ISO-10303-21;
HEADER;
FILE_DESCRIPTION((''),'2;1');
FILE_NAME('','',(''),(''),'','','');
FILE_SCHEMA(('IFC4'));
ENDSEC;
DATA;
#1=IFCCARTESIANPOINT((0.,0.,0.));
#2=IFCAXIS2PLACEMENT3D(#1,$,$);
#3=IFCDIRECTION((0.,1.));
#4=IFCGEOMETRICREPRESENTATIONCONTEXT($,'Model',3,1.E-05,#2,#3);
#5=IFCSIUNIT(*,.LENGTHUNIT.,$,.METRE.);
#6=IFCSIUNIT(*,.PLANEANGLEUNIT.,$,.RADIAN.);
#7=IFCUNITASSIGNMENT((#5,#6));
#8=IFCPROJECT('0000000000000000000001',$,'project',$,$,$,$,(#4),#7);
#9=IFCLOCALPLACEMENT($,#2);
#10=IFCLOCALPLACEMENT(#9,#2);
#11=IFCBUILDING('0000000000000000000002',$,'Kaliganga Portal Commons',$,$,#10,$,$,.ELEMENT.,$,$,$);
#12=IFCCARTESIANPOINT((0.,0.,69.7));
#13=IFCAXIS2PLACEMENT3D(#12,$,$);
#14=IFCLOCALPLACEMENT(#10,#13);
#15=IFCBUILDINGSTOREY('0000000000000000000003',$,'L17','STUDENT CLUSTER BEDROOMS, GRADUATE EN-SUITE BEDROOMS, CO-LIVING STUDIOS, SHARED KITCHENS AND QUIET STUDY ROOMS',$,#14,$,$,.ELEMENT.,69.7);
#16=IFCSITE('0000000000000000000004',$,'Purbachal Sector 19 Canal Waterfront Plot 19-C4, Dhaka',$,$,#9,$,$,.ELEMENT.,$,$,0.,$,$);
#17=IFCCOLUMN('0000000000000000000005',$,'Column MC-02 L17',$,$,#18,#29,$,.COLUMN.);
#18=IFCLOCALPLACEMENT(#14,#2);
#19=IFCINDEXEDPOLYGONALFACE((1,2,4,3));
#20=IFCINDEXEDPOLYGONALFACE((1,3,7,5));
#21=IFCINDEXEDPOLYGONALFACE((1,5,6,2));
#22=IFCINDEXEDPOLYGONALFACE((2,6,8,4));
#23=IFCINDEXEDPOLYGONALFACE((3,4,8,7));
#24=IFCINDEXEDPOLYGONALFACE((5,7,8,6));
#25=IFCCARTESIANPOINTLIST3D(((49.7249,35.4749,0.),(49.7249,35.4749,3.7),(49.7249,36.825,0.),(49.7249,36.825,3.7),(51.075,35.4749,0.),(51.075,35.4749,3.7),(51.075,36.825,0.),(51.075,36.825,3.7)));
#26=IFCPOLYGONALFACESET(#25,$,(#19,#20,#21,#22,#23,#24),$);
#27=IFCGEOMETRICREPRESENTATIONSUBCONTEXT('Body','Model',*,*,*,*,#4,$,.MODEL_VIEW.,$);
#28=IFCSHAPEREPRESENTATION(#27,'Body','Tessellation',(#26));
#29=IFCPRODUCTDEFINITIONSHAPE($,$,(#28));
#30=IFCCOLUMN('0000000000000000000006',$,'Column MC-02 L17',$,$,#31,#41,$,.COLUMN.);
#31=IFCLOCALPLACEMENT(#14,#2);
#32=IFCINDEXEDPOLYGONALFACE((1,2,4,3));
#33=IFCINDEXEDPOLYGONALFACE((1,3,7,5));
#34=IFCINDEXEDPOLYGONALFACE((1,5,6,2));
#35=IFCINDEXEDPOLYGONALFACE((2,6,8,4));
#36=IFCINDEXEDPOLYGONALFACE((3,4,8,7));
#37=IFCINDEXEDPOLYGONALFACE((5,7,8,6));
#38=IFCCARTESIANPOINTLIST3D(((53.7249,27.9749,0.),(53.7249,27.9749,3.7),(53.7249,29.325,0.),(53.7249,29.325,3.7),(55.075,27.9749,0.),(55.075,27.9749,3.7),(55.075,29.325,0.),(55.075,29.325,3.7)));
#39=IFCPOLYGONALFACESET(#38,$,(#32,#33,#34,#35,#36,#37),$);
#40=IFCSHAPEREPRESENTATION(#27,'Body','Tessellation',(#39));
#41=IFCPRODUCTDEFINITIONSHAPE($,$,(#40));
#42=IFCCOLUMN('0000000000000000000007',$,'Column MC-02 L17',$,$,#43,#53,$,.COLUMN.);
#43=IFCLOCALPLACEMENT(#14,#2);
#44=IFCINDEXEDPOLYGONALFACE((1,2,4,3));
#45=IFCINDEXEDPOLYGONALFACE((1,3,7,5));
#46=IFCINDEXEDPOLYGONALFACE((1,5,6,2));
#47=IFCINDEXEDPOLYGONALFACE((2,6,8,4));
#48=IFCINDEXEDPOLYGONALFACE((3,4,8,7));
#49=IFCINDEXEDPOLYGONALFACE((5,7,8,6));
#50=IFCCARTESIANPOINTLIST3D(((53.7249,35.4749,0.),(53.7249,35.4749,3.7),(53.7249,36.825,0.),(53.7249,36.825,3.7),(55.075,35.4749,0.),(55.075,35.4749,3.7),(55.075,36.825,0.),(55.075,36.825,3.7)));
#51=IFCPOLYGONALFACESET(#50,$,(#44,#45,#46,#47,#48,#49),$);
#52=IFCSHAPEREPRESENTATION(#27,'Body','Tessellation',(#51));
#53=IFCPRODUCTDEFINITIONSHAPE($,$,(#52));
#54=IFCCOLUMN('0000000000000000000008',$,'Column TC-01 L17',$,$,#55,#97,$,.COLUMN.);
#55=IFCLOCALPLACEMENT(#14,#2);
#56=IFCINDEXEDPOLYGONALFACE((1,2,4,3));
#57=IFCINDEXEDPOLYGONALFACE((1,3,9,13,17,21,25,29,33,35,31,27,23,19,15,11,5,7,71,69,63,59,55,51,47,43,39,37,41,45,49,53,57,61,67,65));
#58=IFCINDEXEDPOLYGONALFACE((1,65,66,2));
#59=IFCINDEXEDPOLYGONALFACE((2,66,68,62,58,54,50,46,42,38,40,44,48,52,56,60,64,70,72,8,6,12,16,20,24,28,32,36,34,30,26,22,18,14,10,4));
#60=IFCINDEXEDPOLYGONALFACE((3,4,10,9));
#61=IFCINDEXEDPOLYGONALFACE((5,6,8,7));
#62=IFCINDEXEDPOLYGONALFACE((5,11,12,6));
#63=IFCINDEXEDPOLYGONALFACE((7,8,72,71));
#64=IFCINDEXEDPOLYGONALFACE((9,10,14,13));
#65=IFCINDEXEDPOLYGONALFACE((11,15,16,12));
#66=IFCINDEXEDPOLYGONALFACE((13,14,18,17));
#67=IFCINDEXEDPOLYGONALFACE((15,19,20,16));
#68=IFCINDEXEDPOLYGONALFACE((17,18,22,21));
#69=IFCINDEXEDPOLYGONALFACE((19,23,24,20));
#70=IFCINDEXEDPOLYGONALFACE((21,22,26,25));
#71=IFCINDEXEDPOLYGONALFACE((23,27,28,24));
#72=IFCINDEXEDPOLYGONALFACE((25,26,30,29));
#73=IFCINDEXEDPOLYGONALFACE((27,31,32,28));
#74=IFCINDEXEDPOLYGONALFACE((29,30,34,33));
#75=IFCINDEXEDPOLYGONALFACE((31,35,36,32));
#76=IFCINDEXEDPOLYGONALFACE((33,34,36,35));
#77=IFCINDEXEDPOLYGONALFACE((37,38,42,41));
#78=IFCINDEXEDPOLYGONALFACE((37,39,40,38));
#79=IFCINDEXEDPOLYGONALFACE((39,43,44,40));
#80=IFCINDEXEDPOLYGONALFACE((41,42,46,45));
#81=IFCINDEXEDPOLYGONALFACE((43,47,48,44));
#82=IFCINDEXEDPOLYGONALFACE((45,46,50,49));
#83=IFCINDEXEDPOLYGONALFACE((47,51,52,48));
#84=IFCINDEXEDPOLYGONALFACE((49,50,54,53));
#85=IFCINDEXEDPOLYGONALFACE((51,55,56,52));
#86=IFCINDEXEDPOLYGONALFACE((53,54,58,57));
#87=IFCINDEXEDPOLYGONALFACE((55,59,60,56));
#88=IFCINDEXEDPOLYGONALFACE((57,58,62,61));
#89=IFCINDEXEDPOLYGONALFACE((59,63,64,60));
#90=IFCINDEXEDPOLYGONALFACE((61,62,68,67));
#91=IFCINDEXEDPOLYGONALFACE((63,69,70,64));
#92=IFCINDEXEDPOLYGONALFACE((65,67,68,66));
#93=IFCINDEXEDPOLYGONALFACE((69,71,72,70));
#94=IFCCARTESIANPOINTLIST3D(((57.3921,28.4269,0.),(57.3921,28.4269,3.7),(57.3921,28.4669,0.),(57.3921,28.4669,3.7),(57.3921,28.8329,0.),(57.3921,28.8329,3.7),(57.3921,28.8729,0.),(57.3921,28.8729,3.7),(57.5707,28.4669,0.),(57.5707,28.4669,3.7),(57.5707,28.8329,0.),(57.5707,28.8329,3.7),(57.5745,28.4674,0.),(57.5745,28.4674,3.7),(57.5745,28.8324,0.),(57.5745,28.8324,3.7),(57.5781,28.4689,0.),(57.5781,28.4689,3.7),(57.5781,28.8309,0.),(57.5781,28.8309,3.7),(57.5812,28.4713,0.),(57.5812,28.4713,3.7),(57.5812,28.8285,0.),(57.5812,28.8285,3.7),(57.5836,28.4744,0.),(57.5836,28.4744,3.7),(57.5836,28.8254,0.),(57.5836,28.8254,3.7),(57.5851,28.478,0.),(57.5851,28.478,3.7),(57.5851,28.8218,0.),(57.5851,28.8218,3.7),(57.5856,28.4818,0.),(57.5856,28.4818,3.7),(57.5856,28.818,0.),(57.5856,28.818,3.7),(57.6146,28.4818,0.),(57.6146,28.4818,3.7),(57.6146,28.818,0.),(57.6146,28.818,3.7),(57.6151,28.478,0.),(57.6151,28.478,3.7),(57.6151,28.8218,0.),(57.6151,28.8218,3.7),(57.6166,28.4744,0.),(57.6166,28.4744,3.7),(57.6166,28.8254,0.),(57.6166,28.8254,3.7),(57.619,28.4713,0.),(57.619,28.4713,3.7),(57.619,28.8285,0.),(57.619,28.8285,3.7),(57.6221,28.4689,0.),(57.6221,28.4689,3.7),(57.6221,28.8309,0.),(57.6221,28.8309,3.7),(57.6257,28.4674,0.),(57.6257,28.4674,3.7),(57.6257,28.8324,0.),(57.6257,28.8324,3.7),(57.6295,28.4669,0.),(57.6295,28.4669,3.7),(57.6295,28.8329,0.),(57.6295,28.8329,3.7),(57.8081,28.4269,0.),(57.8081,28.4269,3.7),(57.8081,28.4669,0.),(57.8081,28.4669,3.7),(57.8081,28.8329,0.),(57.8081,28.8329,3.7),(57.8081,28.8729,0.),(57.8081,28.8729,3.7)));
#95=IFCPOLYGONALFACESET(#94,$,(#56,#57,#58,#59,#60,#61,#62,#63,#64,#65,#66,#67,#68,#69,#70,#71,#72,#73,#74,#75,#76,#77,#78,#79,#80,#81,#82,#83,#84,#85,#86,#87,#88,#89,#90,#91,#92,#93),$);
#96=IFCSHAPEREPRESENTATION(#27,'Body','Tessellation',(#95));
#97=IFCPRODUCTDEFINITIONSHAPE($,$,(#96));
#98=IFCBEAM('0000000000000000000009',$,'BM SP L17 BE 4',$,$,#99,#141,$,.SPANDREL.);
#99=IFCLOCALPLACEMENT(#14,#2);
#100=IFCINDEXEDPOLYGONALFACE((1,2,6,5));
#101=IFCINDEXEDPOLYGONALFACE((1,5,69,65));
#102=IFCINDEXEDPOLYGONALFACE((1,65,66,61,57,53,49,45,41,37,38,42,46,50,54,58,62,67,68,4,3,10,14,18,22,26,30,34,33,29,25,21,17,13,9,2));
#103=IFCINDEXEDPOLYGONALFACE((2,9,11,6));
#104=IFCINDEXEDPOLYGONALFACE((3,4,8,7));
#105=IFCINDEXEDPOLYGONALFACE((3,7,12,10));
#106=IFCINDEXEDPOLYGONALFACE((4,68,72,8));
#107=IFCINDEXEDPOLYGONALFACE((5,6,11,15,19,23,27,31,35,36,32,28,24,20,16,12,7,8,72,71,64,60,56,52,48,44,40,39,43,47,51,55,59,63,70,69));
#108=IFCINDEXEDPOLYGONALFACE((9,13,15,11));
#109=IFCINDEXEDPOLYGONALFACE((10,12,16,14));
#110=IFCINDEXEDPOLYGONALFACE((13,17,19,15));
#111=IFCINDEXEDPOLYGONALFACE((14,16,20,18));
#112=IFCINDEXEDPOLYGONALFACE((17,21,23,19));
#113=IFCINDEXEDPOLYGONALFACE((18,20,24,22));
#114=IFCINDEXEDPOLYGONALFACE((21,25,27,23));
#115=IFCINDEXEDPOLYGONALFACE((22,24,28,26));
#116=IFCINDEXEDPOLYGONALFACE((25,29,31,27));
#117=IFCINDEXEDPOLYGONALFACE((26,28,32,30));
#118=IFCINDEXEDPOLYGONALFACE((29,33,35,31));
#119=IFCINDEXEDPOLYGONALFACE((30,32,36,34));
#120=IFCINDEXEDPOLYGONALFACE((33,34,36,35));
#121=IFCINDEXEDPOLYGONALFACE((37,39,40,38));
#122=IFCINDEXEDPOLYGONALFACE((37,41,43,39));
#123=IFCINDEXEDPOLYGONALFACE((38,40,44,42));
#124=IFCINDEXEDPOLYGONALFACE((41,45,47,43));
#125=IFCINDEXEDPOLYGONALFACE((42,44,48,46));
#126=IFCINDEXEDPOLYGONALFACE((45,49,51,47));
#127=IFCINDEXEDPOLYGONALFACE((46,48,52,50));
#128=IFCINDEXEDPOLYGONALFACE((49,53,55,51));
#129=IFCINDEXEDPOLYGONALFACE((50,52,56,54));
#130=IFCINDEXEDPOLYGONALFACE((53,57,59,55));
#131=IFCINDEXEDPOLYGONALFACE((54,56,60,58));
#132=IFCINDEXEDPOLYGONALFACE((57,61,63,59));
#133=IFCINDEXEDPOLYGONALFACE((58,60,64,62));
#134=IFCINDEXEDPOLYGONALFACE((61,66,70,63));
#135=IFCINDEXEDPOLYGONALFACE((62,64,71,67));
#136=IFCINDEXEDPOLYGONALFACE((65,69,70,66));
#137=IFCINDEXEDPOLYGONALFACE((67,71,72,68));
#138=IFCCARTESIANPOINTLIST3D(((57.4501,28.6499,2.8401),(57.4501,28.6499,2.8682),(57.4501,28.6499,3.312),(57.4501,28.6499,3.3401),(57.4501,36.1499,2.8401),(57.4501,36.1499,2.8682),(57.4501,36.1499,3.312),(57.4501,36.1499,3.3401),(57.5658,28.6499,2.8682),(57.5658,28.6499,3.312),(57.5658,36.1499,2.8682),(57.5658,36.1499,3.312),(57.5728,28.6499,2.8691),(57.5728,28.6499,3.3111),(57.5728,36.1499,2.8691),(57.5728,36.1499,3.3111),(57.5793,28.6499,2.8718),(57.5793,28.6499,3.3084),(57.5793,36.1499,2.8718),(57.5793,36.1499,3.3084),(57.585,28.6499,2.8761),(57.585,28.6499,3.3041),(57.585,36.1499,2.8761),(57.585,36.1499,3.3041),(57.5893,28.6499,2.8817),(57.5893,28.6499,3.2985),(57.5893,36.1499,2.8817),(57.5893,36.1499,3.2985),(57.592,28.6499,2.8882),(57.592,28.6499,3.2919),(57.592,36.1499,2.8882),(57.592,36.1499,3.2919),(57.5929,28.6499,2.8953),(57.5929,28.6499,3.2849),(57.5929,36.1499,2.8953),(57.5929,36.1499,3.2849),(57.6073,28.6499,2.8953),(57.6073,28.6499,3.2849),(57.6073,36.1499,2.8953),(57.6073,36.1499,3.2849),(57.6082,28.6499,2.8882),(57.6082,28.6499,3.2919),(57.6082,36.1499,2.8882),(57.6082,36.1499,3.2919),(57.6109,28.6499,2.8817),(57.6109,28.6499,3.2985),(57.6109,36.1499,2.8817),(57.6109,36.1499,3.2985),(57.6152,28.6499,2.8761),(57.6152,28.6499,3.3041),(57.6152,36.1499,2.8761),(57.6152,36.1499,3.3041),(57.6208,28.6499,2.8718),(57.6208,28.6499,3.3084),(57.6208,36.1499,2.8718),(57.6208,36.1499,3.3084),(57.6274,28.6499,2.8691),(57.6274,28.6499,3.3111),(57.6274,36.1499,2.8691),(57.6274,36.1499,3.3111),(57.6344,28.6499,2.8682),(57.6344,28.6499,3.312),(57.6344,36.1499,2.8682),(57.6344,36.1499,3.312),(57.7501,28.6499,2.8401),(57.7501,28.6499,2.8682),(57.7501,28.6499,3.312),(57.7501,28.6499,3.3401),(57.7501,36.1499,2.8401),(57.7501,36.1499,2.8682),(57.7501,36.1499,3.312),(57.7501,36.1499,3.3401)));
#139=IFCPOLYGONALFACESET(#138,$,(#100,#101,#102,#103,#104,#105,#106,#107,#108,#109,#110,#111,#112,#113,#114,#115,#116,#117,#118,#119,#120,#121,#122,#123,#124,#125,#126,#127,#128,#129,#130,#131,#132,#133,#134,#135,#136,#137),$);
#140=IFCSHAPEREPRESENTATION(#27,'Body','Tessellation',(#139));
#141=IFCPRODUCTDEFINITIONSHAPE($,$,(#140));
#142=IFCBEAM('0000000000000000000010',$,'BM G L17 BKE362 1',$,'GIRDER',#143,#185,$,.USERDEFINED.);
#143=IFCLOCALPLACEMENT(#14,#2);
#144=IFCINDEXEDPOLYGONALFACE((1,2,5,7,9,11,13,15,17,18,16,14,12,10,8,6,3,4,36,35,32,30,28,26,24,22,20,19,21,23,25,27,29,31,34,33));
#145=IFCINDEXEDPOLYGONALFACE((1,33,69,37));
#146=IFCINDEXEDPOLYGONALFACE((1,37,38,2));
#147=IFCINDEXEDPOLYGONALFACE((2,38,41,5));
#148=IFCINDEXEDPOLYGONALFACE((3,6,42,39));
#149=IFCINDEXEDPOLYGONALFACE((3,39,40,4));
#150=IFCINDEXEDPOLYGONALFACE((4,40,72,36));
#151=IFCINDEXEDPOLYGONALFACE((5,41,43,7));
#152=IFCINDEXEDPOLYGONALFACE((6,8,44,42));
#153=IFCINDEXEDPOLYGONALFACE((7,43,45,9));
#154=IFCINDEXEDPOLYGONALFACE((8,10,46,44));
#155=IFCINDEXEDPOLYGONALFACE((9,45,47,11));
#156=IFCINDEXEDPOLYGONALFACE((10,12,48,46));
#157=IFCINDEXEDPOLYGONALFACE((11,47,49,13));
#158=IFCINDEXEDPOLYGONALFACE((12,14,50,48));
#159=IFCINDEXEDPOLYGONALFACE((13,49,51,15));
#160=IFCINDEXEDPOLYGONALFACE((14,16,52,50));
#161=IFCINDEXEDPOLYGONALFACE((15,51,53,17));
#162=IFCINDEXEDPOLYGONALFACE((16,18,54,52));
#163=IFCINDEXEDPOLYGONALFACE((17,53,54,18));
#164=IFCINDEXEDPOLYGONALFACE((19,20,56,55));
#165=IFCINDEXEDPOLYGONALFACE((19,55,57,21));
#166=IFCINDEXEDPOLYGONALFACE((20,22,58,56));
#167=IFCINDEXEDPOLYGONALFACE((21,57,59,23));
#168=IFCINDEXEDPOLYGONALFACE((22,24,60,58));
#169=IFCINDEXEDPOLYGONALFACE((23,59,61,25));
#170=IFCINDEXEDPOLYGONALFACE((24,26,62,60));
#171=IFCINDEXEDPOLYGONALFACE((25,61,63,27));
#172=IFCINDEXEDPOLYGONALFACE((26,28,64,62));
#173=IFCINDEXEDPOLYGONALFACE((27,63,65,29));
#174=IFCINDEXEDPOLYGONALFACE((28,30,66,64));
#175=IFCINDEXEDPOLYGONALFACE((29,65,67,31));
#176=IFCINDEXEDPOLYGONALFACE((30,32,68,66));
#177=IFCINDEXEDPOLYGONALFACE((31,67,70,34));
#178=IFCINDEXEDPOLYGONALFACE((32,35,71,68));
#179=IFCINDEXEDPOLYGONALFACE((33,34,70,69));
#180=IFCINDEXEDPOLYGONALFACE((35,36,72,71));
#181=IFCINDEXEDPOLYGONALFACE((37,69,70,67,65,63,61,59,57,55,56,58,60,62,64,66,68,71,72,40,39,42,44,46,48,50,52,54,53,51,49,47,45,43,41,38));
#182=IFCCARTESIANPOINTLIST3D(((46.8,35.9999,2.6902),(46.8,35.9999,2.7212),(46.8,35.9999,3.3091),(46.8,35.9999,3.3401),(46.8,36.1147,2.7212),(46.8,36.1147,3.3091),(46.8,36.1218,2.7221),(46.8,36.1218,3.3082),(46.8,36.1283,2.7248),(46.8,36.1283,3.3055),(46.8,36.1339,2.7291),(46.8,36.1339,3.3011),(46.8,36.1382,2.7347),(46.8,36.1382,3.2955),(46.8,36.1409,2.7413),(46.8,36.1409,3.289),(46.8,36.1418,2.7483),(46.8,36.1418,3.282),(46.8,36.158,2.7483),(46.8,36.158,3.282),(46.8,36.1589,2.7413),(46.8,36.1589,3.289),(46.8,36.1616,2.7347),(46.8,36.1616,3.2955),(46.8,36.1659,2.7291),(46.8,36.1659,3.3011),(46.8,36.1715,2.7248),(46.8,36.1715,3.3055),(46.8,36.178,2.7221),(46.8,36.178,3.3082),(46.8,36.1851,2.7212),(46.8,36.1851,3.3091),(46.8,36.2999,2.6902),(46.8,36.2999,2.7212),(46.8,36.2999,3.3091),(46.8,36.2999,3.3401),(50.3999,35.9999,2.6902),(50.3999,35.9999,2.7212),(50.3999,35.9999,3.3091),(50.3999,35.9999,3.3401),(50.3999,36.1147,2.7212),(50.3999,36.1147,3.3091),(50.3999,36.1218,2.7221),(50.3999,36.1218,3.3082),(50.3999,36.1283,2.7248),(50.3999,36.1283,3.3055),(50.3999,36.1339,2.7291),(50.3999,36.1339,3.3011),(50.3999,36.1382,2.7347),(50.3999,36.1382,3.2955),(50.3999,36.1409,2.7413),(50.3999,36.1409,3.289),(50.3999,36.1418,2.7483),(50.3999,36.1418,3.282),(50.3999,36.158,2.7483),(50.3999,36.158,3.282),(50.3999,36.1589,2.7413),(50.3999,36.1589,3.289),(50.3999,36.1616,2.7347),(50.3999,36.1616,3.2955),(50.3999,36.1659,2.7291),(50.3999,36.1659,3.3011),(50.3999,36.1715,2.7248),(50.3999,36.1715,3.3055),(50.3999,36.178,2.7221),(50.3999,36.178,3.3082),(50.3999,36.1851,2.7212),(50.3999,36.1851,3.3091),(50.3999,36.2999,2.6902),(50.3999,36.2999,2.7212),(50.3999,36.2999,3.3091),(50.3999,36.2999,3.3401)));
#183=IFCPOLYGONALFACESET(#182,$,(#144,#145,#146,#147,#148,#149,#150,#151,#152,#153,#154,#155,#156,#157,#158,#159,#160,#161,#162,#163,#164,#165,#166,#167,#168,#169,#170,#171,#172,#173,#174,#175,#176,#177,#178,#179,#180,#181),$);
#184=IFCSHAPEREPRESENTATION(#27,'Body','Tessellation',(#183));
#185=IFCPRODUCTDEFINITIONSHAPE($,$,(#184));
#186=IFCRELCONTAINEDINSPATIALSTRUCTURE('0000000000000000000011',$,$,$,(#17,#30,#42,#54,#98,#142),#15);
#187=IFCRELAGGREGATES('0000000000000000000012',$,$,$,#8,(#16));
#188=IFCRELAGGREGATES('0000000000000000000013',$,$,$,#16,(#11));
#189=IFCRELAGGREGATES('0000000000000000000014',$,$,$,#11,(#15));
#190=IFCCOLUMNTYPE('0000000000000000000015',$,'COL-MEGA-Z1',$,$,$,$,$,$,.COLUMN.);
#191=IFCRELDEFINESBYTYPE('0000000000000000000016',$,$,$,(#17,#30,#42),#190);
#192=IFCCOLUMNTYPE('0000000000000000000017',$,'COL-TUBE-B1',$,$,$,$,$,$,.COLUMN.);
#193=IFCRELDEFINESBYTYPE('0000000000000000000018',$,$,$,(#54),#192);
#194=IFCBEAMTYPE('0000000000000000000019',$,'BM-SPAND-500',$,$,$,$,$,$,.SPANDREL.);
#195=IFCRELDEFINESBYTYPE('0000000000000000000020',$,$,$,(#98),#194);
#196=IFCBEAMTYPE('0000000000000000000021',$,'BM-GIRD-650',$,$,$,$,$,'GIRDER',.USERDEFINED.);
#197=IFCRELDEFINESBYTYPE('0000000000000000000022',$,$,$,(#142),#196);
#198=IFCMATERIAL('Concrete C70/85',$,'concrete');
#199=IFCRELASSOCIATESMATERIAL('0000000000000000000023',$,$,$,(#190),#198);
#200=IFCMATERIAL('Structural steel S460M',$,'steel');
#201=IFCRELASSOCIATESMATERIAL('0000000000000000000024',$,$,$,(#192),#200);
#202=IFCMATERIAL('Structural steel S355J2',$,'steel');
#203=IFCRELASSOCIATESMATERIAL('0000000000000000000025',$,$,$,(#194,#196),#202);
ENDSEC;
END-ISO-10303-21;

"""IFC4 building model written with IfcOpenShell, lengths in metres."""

from ifc_helpers import new_model, si_unit, direction, frame, origin, origin_2d, place, context, subcontext, project, spatial, rectangle, i_section, extrude, source, transform, mapped, material, material_profile, profile_set, type_object, element, save


model = new_model("IFC4")

# Units and contexts
model_context = context("Model", 3, precision=1e-05, world=origin(), true_north=direction((0.0, 1.0)))
body_context = subcontext(model_context, "Body", "Model", "MODEL_VIEW")
ifc_project = project(units=[si_unit("LENGTHUNIT", "METRE"), si_unit("PLANEANGLEUNIT", "RADIAN")], contexts=[model_context])

# Site, building, storey
site_placement = place(None, origin())
site = spatial("IfcSite", under=ifc_project, at=site_placement, Name="Purbachal Sector 19 Canal Waterfront Plot 19-C4, Dhaka", CompositionType="ELEMENT", RefElevation=0.0)
building_placement = place(site_placement, origin())
building = spatial("IfcBuilding", under=site, at=building_placement, Name="Kaliganga Portal Commons", CompositionType="ELEMENT")
storey_placement = place(building_placement, frame((0.0, 0.0, 69.7)))
storey = spatial("IfcBuildingStorey", under=building, at=storey_placement, Name="L17", Description="STUDENT CLUSTER BEDROOMS, GRADUATE EN-SUITE BEDROOMS, CO-LIVING STUDIOS, SHARED KITCHENS AND QUIET STUDY ROOMS", CompositionType="ELEMENT", Elevation=69.7)

# Columns
ifc_material_1 = material(Name="Concrete C70/85", Category="concrete")
ifc_material_profile_1 = material_profile(ifc_material_1, rectangle(XDim=1.3501, YDim=1.3501, at=origin_2d()), Name="RC 1350x1350")
ifc_profile_set_1 = profile_set([ifc_material_profile_1], Name="Concrete C70/85")
column_type_1 = type_object("IfcColumnType", Name="COL-MEGA-Z1", PredefinedType="COLUMN", material=ifc_profile_set_1)
shared_shape_1 = source(origin(), body_context, "Body", "SweptSolid", [
    extrude(rectangle(XDim=1.3501, YDim=1.3501, at=origin_2d()), origin(), (0.0, 0.0, 1.0), 3.7),
])
for number, where, z_axis, x_axis, name in (
    (1, (50.3999, 36.1499, 0.0), (0.0, 0.0, 1.0), (1.0, 0.0, 0.0), "Column MC-02 L17"),
    (2, (54.3999, 28.6499, 0.0), (0.0, 0.0, 1.0), (1.0, 0.0, 0.0), "Column MC-02 L17"),
    (3, (54.3999, 36.1499, 0.0), (0.0, 0.0, 1.0), (1.0, 0.0, 0.0), "Column MC-02 L17"),
):
    element("IfcColumn", number, at=place(storey_placement, frame(where, z_axis=z_axis, x_axis=x_axis)), inside=storey, type_object=column_type_1, Name=name, PredefinedType="COLUMN", context=body_context, shape_type="MappedRepresentation", body=[
        mapped(shared_shape_1, transform((0.0, 0.0, 0.0), x_axis=(1.0, 0.0, 0.0), y_axis=(0.0, 1.0, 0.0), z_axis=(0.0, 0.0, 1.0), scale=1.0)),
    ])
ifc_material_2 = material(Name="Structural steel S460M", Category="steel")
ifc_material_profile_2 = material_profile(ifc_material_2, i_section(OverallWidth=0.416, OverallDepth=0.446, WebThickness=0.0291, FlangeThickness=0.04, FilletRadius=0.0149, at=origin_2d()), Name="HD 400x509")
ifc_profile_set_2 = profile_set([ifc_material_profile_2], Name="Structural steel S460M wide-flange")
column_type_2 = type_object("IfcColumnType", Name="COL-TUBE-B1", PredefinedType="COLUMN", material=ifc_profile_set_2)
shared_shape_2 = source(origin(), body_context, "Body", "SweptSolid", [
    extrude(i_section(OverallWidth=0.416, OverallDepth=0.446, WebThickness=0.0291, FlangeThickness=0.04, FilletRadius=0.0149, at=origin_2d()), origin(), (0.0, 0.0, 1.0), 3.7),
])
column_placement = place(storey_placement, frame((57.6001, 28.6499, 0.0), z_axis=(0.0, 0.0, 1.0), x_axis=(1.0, 0.0, 0.0)))
element("IfcColumn", 4, at=column_placement, inside=storey, type_object=column_type_2, Name="Column TC-01 L17", PredefinedType="COLUMN", context=body_context, shape_type="MappedRepresentation", body=[
    mapped(shared_shape_2, transform((0.0, 0.0, 0.0), x_axis=(1.0, 0.0, 0.0), y_axis=(0.0, 1.0, 0.0), z_axis=(0.0, 0.0, 1.0), scale=1.0)),
])

# Beams
ifc_material_3 = material(Name="Structural steel S355J2", Category="steel")
ifc_material_profile_3 = material_profile(ifc_material_3, i_section(OverallWidth=0.3, OverallDepth=0.5, WebThickness=0.0144, FlangeThickness=0.0281, FilletRadius=0.0271, at=origin_2d()), Name="HE 500 B")
ifc_profile_set_3 = profile_set([ifc_material_profile_3], Name="Structural steel S355J2 wide-flange")
beam_type_1 = type_object("IfcBeamType", Name="BM-SPAND-500", PredefinedType="SPANDREL", material=ifc_profile_set_3)
shared_shape_3 = source(origin(), body_context, "Body", "SweptSolid", [
    extrude(i_section(OverallWidth=0.3, OverallDepth=0.5, WebThickness=0.0144, FlangeThickness=0.0281, FilletRadius=0.0271, at=origin_2d()), origin(), (0.0, 0.0, 1.0), 7.5),
])
beam_1_placement = place(storey_placement, frame((57.6001, 28.6499, 3.0901), z_axis=(0.0, 1.0, 0.0), x_axis=(-1.0, 0.0, 0.0)))
element("IfcBeam", 5, at=beam_1_placement, inside=storey, type_object=beam_type_1, Name="BM SP L17 BE 4", PredefinedType="SPANDREL", context=body_context, shape_type="MappedRepresentation", body=[
    mapped(shared_shape_3, transform((0.0, 0.0, 0.0), x_axis=(1.0, 0.0, 0.0), y_axis=(0.0, 1.0, 0.0), z_axis=(0.0, 0.0, 1.0), scale=1.0)),
])
ifc_material_profile_4 = material_profile(ifc_material_3, i_section(OverallWidth=0.3, OverallDepth=0.6499, WebThickness=0.0161, FlangeThickness=0.031, FilletRadius=0.0271, at=origin_2d()), Name="HE 650 B")
ifc_profile_set_4 = profile_set([ifc_material_profile_4], Name="Structural steel S355J2 wide-flange")
beam_type_2 = type_object("IfcBeamType", Name="BM-GIRD-650", ElementType="GIRDER", PredefinedType="USERDEFINED", material=ifc_profile_set_4)
shared_shape_4 = source(origin(), body_context, "Body", "SweptSolid", [
    extrude(i_section(OverallWidth=0.3, OverallDepth=0.6499, WebThickness=0.0161, FlangeThickness=0.031, FilletRadius=0.0271, at=origin_2d()), origin(), (0.0, 0.0, 1.0), 3.5999),
])
beam_2_placement = place(storey_placement, frame((46.8, 36.1499, 3.0151), z_axis=(1.0, 0.0, 0.0), x_axis=(0.0, 1.0, 0.0)))
element("IfcBeam", 6, at=beam_2_placement, inside=storey, type_object=beam_type_2, Name="BM G L17 BKE362 1", ObjectType="GIRDER", PredefinedType="USERDEFINED", context=body_context, shape_type="MappedRepresentation", body=[
    mapped(shared_shape_4, transform((0.0, 0.0, 0.0), x_axis=(1.0, 0.0, 0.0), y_axis=(0.0, 1.0, 0.0), z_axis=(0.0, 0.0, 1.0), scale=1.0)),
])

save(model, "model.ifc")
